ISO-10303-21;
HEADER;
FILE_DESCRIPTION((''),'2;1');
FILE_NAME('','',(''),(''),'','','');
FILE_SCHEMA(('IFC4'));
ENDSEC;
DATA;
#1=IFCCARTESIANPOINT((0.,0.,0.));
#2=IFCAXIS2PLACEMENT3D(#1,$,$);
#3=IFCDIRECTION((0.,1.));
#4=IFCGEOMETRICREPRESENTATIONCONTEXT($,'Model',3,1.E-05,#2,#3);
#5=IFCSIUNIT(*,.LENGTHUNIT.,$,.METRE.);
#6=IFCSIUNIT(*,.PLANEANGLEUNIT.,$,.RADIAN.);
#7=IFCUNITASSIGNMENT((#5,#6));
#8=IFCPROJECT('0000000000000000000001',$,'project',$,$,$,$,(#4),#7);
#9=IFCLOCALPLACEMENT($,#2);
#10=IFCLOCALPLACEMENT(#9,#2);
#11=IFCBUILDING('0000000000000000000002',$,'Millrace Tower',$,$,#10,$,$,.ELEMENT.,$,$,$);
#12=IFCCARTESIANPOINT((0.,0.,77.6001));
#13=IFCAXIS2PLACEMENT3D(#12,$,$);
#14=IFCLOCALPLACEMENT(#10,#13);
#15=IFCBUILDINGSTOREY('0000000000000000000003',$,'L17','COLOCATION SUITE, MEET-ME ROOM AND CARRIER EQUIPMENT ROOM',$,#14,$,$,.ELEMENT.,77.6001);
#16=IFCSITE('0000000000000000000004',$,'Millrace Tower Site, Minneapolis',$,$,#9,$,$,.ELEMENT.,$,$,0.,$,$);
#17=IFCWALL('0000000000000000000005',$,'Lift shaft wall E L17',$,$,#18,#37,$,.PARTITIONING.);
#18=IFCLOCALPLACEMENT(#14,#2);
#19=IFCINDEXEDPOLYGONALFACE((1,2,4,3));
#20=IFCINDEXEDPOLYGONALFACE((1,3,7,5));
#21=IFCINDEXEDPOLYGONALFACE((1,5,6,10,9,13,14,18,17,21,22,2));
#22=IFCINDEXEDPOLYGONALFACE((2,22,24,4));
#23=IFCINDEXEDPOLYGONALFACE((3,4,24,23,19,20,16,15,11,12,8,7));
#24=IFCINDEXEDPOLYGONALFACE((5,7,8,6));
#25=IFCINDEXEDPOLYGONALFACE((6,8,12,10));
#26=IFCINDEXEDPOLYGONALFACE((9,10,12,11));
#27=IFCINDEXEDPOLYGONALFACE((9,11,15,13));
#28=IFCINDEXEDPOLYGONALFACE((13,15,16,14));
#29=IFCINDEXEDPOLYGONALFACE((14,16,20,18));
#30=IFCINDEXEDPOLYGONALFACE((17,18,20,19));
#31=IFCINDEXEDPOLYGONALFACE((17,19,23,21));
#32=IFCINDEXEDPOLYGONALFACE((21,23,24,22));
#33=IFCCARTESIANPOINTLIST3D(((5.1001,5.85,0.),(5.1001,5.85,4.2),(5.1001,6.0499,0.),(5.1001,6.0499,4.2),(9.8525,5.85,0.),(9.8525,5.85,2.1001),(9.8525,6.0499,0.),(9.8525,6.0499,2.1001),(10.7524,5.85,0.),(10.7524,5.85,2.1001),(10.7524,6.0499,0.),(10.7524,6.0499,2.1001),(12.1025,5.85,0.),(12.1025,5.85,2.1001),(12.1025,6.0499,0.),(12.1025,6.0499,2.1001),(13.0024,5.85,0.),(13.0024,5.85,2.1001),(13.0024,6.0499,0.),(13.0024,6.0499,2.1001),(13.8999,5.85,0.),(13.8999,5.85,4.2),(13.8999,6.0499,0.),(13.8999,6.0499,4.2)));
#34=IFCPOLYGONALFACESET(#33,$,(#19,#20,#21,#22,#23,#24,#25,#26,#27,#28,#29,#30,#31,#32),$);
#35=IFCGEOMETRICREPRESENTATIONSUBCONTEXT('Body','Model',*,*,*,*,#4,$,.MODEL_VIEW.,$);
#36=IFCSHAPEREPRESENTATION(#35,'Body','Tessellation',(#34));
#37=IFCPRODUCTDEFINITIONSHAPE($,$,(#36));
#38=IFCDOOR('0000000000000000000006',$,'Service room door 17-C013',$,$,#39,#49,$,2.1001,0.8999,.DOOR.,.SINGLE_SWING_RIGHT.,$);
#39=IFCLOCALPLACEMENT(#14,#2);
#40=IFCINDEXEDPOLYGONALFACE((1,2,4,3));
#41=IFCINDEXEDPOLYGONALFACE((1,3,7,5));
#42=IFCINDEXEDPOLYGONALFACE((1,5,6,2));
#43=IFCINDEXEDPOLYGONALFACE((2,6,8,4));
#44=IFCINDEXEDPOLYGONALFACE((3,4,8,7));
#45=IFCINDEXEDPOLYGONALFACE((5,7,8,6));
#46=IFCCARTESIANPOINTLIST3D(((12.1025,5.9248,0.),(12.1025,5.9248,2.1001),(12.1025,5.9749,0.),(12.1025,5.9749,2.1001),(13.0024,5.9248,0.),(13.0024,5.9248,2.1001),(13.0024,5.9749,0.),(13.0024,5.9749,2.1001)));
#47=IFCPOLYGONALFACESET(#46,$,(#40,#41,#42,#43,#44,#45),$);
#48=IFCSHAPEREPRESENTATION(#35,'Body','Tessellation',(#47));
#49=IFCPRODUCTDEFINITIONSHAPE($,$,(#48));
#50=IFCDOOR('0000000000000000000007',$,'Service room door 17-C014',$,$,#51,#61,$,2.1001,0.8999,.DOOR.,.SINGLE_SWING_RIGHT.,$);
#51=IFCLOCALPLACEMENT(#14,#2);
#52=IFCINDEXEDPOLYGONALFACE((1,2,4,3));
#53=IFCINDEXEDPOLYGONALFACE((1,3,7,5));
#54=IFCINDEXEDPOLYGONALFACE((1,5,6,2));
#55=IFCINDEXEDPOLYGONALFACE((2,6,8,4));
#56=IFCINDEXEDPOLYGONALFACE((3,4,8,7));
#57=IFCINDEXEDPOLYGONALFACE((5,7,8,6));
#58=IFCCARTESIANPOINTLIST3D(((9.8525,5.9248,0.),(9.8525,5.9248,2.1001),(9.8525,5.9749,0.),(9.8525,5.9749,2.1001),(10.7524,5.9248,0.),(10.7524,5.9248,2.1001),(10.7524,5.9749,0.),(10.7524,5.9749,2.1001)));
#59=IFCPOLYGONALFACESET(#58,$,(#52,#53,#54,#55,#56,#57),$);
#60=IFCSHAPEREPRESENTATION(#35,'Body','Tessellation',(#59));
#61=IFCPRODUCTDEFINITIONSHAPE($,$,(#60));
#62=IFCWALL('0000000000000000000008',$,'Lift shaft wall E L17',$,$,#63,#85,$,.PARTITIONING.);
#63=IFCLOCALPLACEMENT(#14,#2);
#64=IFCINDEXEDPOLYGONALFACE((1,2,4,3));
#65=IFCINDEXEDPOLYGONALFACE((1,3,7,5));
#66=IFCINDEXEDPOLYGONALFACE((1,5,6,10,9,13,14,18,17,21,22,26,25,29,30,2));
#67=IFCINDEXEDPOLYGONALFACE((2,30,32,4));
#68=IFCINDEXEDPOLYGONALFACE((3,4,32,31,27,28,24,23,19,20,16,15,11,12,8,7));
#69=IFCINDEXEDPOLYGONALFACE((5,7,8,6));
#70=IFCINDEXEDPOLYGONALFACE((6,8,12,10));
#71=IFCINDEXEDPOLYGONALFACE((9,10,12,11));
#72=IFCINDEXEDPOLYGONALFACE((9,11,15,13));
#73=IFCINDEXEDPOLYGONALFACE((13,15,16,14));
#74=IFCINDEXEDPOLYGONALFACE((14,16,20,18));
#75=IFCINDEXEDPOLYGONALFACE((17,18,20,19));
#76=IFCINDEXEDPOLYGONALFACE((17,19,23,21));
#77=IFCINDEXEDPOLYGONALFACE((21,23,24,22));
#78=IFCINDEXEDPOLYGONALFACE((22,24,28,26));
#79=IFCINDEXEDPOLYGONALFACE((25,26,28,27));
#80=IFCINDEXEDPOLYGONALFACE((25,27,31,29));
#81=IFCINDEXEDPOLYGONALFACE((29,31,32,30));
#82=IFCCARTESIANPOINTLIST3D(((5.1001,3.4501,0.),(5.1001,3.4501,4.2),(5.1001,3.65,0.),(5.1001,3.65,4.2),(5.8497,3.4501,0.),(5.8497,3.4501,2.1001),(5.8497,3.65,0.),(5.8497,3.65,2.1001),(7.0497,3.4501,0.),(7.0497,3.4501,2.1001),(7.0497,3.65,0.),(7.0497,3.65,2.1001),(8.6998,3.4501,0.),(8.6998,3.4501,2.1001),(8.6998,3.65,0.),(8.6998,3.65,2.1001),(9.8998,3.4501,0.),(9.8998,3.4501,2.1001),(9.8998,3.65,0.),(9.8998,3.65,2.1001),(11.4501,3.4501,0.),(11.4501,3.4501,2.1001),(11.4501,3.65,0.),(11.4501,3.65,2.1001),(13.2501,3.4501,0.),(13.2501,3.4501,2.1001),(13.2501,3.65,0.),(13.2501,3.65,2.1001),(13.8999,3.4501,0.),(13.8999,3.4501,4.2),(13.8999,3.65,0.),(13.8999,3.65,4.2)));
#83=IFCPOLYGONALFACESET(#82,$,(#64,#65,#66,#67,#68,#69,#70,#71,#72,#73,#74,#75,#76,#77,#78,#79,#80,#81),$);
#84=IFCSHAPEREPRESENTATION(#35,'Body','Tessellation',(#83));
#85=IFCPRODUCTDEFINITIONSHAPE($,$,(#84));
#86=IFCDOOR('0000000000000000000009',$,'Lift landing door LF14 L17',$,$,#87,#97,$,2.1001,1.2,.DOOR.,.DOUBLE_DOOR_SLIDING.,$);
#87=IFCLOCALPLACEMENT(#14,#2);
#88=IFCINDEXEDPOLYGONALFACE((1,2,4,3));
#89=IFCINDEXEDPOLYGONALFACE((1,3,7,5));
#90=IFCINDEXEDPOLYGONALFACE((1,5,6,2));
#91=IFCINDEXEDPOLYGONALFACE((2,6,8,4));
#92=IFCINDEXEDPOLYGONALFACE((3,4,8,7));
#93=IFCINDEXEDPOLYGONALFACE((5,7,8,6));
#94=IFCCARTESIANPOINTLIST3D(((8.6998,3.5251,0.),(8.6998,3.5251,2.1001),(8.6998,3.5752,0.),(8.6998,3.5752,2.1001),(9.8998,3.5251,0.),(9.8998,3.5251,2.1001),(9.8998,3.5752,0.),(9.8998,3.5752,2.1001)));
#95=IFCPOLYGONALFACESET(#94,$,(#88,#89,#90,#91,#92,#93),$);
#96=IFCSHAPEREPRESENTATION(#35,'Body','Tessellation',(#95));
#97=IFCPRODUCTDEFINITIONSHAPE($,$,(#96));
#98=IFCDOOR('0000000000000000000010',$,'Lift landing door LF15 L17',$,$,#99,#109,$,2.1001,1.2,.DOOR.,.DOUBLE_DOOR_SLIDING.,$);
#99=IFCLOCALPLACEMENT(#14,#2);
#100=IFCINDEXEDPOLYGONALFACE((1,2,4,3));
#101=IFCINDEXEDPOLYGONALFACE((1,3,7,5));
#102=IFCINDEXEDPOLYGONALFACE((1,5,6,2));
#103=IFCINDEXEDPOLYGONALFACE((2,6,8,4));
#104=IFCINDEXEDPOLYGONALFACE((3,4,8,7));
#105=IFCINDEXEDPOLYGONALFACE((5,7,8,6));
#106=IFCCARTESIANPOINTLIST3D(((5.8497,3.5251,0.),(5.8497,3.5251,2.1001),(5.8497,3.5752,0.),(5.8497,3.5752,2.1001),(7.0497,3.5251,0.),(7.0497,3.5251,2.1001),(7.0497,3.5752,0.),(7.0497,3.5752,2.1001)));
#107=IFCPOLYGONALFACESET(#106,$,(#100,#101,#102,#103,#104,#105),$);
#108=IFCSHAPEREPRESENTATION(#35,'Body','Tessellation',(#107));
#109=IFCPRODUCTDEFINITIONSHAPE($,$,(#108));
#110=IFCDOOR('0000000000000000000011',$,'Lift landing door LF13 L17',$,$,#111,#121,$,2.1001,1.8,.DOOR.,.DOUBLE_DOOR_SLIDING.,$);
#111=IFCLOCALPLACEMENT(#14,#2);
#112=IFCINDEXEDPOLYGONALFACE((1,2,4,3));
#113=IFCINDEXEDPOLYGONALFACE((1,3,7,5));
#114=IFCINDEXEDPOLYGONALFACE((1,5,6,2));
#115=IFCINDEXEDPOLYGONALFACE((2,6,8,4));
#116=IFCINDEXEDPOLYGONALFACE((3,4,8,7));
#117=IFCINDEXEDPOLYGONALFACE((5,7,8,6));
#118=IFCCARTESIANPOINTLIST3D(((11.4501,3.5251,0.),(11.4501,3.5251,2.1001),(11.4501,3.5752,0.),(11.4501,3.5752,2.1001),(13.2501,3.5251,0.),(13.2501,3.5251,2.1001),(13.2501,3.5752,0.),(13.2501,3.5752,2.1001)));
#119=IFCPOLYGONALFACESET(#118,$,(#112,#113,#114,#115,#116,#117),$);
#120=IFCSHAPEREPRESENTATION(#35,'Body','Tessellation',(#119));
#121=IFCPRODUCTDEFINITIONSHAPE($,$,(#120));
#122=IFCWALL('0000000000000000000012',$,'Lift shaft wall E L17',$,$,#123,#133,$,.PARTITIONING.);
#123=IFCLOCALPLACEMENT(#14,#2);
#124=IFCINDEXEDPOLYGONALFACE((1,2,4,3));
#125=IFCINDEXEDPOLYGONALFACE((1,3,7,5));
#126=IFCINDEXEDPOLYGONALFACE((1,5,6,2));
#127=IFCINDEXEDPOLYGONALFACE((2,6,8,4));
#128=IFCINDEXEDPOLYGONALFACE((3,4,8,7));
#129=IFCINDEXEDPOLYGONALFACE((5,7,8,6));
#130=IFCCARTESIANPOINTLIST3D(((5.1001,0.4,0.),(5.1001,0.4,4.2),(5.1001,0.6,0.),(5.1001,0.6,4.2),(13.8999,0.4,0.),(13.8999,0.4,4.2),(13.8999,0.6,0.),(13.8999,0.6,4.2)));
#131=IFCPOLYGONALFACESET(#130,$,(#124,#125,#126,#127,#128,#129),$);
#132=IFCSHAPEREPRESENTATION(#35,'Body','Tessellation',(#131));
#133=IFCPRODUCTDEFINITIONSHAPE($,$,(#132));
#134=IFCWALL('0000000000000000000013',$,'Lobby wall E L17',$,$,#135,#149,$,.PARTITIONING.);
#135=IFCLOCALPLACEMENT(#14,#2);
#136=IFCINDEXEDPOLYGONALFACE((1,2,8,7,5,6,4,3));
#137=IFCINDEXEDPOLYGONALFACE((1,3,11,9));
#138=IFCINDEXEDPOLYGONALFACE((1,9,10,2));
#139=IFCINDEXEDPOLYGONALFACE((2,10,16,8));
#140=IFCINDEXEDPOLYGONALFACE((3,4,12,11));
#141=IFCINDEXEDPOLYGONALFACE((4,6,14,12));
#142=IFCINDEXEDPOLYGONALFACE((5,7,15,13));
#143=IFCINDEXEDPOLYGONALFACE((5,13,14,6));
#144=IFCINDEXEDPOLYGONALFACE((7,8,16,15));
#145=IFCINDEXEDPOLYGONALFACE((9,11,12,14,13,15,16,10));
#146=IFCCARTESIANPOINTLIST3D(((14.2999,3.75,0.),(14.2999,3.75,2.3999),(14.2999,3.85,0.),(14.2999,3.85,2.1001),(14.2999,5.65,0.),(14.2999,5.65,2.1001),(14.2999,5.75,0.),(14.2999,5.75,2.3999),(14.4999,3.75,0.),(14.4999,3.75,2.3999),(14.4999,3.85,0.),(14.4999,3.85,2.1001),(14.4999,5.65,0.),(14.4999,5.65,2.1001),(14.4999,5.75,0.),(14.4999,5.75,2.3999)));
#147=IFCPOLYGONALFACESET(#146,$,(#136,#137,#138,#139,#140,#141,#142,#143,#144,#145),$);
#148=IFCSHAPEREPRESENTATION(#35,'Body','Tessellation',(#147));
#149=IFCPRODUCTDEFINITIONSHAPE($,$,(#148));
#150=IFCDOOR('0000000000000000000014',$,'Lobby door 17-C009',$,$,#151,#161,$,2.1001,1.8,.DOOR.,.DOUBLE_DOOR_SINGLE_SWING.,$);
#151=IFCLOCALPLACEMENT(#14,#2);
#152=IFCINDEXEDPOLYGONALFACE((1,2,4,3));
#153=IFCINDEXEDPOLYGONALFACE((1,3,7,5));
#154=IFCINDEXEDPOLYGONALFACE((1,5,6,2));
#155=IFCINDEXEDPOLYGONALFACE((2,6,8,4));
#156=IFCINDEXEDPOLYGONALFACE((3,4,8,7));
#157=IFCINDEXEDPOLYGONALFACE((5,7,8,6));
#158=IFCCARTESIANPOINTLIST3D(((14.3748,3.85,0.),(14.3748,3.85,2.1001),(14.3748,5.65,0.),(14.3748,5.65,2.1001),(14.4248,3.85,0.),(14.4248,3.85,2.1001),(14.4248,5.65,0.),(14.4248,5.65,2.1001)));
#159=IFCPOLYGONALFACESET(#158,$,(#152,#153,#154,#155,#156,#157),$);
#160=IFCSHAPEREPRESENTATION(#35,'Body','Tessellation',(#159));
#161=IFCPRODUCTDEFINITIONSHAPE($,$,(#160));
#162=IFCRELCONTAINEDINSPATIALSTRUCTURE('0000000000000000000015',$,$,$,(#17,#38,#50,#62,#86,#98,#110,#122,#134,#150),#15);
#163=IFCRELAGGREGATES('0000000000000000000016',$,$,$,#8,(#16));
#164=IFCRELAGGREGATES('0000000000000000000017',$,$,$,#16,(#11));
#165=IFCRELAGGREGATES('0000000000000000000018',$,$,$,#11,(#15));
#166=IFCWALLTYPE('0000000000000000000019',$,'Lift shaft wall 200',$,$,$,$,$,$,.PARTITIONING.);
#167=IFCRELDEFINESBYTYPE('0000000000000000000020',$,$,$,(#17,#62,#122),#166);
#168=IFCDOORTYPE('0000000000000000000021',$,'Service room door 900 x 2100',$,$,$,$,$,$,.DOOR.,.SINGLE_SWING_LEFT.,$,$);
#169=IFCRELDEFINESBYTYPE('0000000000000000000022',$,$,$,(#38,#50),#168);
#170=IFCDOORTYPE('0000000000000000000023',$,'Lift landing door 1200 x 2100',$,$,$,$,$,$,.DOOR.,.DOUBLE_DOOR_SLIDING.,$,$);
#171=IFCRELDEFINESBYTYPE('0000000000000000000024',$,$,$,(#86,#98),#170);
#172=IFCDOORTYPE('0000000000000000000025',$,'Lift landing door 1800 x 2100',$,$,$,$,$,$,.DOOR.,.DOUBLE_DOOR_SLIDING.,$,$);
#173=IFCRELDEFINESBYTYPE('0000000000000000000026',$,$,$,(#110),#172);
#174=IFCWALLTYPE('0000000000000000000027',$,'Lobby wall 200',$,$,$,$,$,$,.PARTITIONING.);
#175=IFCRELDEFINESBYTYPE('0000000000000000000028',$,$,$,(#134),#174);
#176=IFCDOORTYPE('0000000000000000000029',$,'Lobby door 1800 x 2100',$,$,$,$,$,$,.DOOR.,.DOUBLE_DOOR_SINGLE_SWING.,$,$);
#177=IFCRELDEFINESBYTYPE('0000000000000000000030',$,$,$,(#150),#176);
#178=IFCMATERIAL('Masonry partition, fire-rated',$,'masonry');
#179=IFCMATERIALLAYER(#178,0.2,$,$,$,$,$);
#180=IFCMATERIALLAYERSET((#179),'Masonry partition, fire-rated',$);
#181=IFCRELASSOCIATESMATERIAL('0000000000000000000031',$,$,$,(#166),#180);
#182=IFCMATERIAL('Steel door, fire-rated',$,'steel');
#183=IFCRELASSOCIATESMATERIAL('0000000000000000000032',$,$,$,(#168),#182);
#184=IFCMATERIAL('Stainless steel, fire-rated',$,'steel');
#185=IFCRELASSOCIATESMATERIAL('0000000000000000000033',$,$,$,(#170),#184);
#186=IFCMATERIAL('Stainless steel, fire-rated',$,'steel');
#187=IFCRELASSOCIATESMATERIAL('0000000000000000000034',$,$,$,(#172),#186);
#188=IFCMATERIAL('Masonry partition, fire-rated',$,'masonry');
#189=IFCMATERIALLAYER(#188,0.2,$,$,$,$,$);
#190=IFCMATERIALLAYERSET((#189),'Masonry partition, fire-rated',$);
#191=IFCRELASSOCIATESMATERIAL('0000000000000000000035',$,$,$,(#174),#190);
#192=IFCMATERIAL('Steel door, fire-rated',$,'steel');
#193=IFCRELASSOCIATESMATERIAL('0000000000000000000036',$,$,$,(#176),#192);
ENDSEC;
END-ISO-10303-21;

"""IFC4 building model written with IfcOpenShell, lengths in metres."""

from ifc_helpers import new_model, si_unit, direction, frame, frame_2d, origin, place, context, subcontext, project, spatial, rectangle, extrude, material, layer, layer_set, type_object, element, fill, save


model = new_model("IFC4")

# Units and contexts
model_context = context("Model", 3, precision=1e-05, world=origin(), true_north=direction((0.0, 1.0)))
body_context = subcontext(model_context, "Body", "Model", "MODEL_VIEW")
ifc_project = project(units=[si_unit("LENGTHUNIT", "METRE"), si_unit("PLANEANGLEUNIT", "RADIAN")], contexts=[model_context])

# Site, building, storey
site_placement = place(None, origin())
site = spatial("IfcSite", under=ifc_project, at=site_placement, Name="Millrace Tower Site, Minneapolis", CompositionType="ELEMENT", RefElevation=0.0)
building_placement = place(site_placement, origin())
building = spatial("IfcBuilding", under=site, at=building_placement, Name="Millrace Tower", CompositionType="ELEMENT")
storey_placement = place(building_placement, frame((0.0, 0.0, 77.6001)))
storey = spatial("IfcBuildingStorey", under=building, at=storey_placement, Name="L17", Description="COLOCATION SUITE, MEET-ME ROOM AND CARRIER EQUIPMENT ROOM", CompositionType="ELEMENT", Elevation=77.6001)

# Walls, openings, doors
ifc_material_1 = material(Name="Masonry partition, fire-rated", Category="masonry")
ifc_layer_1 = layer(ifc_material_1, 0.2)
ifc_layer_set_1 = layer_set([ifc_layer_1], Name="Masonry partition, fire-rated")
wall_type_1 = type_object("IfcWallType", Name="Lift shaft wall 200", PredefinedType="PARTITIONING", material=ifc_layer_set_1)
wall_1_placement = place(storey_placement, frame((13.8999, 5.95, 0.0), z_axis=(0.0, 0.0, 1.0), x_axis=(-1.0, 0.0, 0.0)))
wall_1 = element("IfcWall", 1, at=wall_1_placement, inside=storey, type_object=wall_type_1, Name="Lift shaft wall E L17", PredefinedType="PARTITIONING", context=body_context, shape_type="SweptSolid", body=[
    extrude(rectangle(XDim=8.7998, YDim=0.2, at=frame_2d((4.3999, 0.0))), origin(), (0.0, 0.0, 1.0), 4.2),
])
opening_1_placement = place(wall_1_placement, frame((0.8975, 0.0, 0.0)))
opening_1 = element("IfcOpeningElement", 2, at=opening_1_placement, cuts=wall_1, PredefinedType="OPENING", context=body_context, shape_type="SweptSolid", body=[
    extrude(rectangle(XDim=0.8999, YDim=2.1001, at=frame_2d((0.45, 1.05))), frame((0.0, 0.1099, 0.0), z_axis=(0.0, -1.0, 0.0), x_axis=(1.0, 0.0, 0.0)), (0.0, 0.0, 1.0), 0.22),
])
opening_2_placement = place(wall_1_placement, frame((3.1475, 0.0, 0.0)))
opening_2 = element("IfcOpeningElement", 3, at=opening_2_placement, cuts=wall_1, PredefinedType="OPENING", context=body_context, shape_type="SweptSolid", body=[
    extrude(rectangle(XDim=0.8999, YDim=2.1001, at=frame_2d((0.45, 1.05))), frame((0.0, 0.1099, 0.0), z_axis=(0.0, -1.0, 0.0), x_axis=(1.0, 0.0, 0.0)), (0.0, 0.0, 1.0), 0.22),
])
ifc_material_2 = material(Name="Steel door, fire-rated", Category="steel")
door_type_1 = type_object("IfcDoorType", Name="Service room door 900 x 2100", OperationType="SINGLE_SWING_LEFT", PredefinedType="DOOR", material=ifc_material_2)
door_1_placement = place(opening_1_placement, frame((0.8999, 0.0, 0.0), z_axis=(0.0, 0.0, 1.0), x_axis=(-1.0, 0.0, 0.0)))
door_1 = element("IfcDoor", 4, at=door_1_placement, inside=storey, type_object=door_type_1, Name="Service room door 17-C013", OperationType="SINGLE_SWING_RIGHT", OverallHeight=2.1001, OverallWidth=0.8999, PredefinedType="DOOR", context=body_context, shape_type="SweptSolid", body=[
    extrude(rectangle(XDim=0.8999, YDim=2.1001, at=frame_2d((0.45, 1.05))), frame((0.0, 0.0249, 0.0), z_axis=(0.0, -1.0, 0.0), x_axis=(1.0, 0.0, 0.0)), (0.0, 0.0, 1.0), 0.05),
])
fill(opening_1, door_1)
door_2_placement = place(opening_2_placement, frame((0.8999, 0.0, 0.0), z_axis=(0.0, 0.0, 1.0), x_axis=(-1.0, 0.0, 0.0)))
door_2 = element("IfcDoor", 5, at=door_2_placement, inside=storey, type_object=door_type_1, Name="Service room door 17-C014", OperationType="SINGLE_SWING_RIGHT", OverallHeight=2.1001, OverallWidth=0.8999, PredefinedType="DOOR", context=body_context, shape_type="SweptSolid", body=[
    extrude(rectangle(XDim=0.8999, YDim=2.1001, at=frame_2d((0.45, 1.05))), frame((0.0, 0.0249, 0.0), z_axis=(0.0, -1.0, 0.0), x_axis=(1.0, 0.0, 0.0)), (0.0, 0.0, 1.0), 0.05),
])
fill(opening_2, door_2)
wall_2_placement = place(storey_placement, frame((13.8999, 3.55, 0.0), z_axis=(0.0, 0.0, 1.0), x_axis=(-1.0, 0.0, 0.0)))
wall_2 = element("IfcWall", 6, at=wall_2_placement, inside=storey, type_object=wall_type_1, Name="Lift shaft wall E L17", PredefinedType="PARTITIONING", context=body_context, shape_type="SweptSolid", body=[
    extrude(rectangle(XDim=8.7998, YDim=0.2, at=frame_2d((4.3999, 0.0))), origin(), (0.0, 0.0, 1.0), 4.2),
])
opening_3_placement = place(wall_2_placement, frame((0.6499, 0.0, 0.0)))
opening_3 = element("IfcOpeningElement", 7, at=opening_3_placement, cuts=wall_2, PredefinedType="OPENING", context=body_context, shape_type="SweptSolid", body=[
    extrude(rectangle(XDim=1.8, YDim=2.1001, at=frame_2d((0.8999, 1.05))), frame((0.0, 0.1099, 0.0), z_axis=(0.0, -1.0, 0.0), x_axis=(1.0, 0.0, 0.0)), (0.0, 0.0, 1.0), 0.22),
])
opening_4_placement = place(wall_2_placement, frame((4.0, 0.0, 0.0)))
opening_4 = element("IfcOpeningElement", 8, at=opening_4_placement, cuts=wall_2, PredefinedType="OPENING", context=body_context, shape_type="SweptSolid", body=[
    extrude(rectangle(XDim=1.2, YDim=2.1001, at=frame_2d((0.6001, 1.05))), frame((0.0, 0.1099, 0.0), z_axis=(0.0, -1.0, 0.0), x_axis=(1.0, 0.0, 0.0)), (0.0, 0.0, 1.0), 0.22),
])
opening_5_placement = place(wall_2_placement, frame((6.8501, 0.0, 0.0)))
opening_5 = element("IfcOpeningElement", 9, at=opening_5_placement, cuts=wall_2, PredefinedType="OPENING", context=body_context, shape_type="SweptSolid", body=[
    extrude(rectangle(XDim=1.2, YDim=2.1001, at=frame_2d((0.6001, 1.05))), frame((0.0, 0.1099, 0.0), z_axis=(0.0, -1.0, 0.0), x_axis=(1.0, 0.0, 0.0)), (0.0, 0.0, 1.0), 0.22),
])
ifc_material_3 = material(Name="Stainless steel, fire-rated", Category="steel")
door_type_2 = type_object("IfcDoorType", Name="Lift landing door 1200 x 2100", OperationType="DOUBLE_DOOR_SLIDING", PredefinedType="DOOR", material=ifc_material_3)
door_3_placement = place(opening_4_placement, origin())
door_3 = element("IfcDoor", 10, at=door_3_placement, inside=storey, type_object=door_type_2, Name="Lift landing door LF14 L17", OperationType="DOUBLE_DOOR_SLIDING", OverallHeight=2.1001, OverallWidth=1.2, PredefinedType="DOOR", context=body_context, shape_type="SweptSolid", body=[
    extrude(rectangle(XDim=1.2, YDim=2.1001, at=frame_2d((0.6001, 1.05))), frame((0.0, 0.0249, 0.0), z_axis=(0.0, -1.0, 0.0), x_axis=(1.0, 0.0, 0.0)), (0.0, 0.0, 1.0), 0.05),
])
fill(opening_4, door_3)
door_4_placement = place(opening_5_placement, origin())
door_4 = element("IfcDoor", 11, at=door_4_placement, inside=storey, type_object=door_type_2, Name="Lift landing door LF15 L17", OperationType="DOUBLE_DOOR_SLIDING", OverallHeight=2.1001, OverallWidth=1.2, PredefinedType="DOOR", context=body_context, shape_type="SweptSolid", body=[
    extrude(rectangle(XDim=1.2, YDim=2.1001, at=frame_2d((0.6001, 1.05))), frame((0.0, 0.0249, 0.0), z_axis=(0.0, -1.0, 0.0), x_axis=(1.0, 0.0, 0.0)), (0.0, 0.0, 1.0), 0.05),
])
fill(opening_5, door_4)
ifc_material_4 = material(Name="Stainless steel, fire-rated", Category="steel")
door_type_3 = type_object("IfcDoorType", Name="Lift landing door 1800 x 2100", OperationType="DOUBLE_DOOR_SLIDING", PredefinedType="DOOR", material=ifc_material_4)
door_5_placement = place(opening_3_placement, origin())
door_5 = element("IfcDoor", 12, at=door_5_placement, inside=storey, type_object=door_type_3, Name="Lift landing door LF13 L17", OperationType="DOUBLE_DOOR_SLIDING", OverallHeight=2.1001, OverallWidth=1.8, PredefinedType="DOOR", context=body_context, shape_type="SweptSolid", body=[
    extrude(rectangle(XDim=1.8, YDim=2.1001, at=frame_2d((0.8999, 1.05))), frame((0.0, 0.0249, 0.0), z_axis=(0.0, -1.0, 0.0), x_axis=(1.0, 0.0, 0.0)), (0.0, 0.0, 1.0), 0.05),
])
fill(opening_3, door_5)

# Wall
wall_3_placement = place(storey_placement, frame((13.8999, 0.5, 0.0), z_axis=(0.0, 0.0, 1.0), x_axis=(-1.0, 0.0, 0.0)))
element("IfcWall", 13, at=wall_3_placement, inside=storey, type_object=wall_type_1, Name="Lift shaft wall E L17", PredefinedType="PARTITIONING", context=body_context, shape_type="SweptSolid", body=[
    extrude(rectangle(XDim=8.7998, YDim=0.2, at=frame_2d((4.3999, 0.0))), origin(), (0.0, 0.0, 1.0), 4.2),
])

# Wall, opening, door
ifc_material_5 = material(Name="Masonry partition, fire-rated", Category="masonry")
ifc_layer_2 = layer(ifc_material_5, 0.2)
ifc_layer_set_2 = layer_set([ifc_layer_2], Name="Masonry partition, fire-rated")
wall_type_2 = type_object("IfcWallType", Name="Lobby wall 200", PredefinedType="PARTITIONING", material=ifc_layer_set_2)
wall_4_placement = place(storey_placement, frame((14.3999, 5.75, 0.0), z_axis=(0.0, 0.0, 1.0), x_axis=(0.0, -1.0, 0.0)))
wall_4 = element("IfcWall", 14, at=wall_4_placement, inside=storey, type_object=wall_type_2, Name="Lobby wall E L17", PredefinedType="PARTITIONING", context=body_context, shape_type="SweptSolid", body=[
    extrude(rectangle(XDim=2.0, YDim=0.2, at=frame_2d((1.0, 0.0))), origin(), (0.0, 0.0, 1.0), 2.3999),
])
opening_6_placement = place(wall_4_placement, frame((0.1001, 0.0, 0.0)))
opening_6 = element("IfcOpeningElement", 15, at=opening_6_placement, cuts=wall_4, PredefinedType="OPENING", context=body_context, shape_type="SweptSolid", body=[
    extrude(rectangle(XDim=1.8, YDim=2.1001, at=frame_2d((0.8999, 1.05))), frame((0.0, 0.1099, 0.0), z_axis=(0.0, -1.0, 0.0), x_axis=(1.0, 0.0, 0.0)), (0.0, 0.0, 1.0), 0.22),
])
ifc_material_6 = material(Name="Steel door, fire-rated", Category="steel")
door_type_4 = type_object("IfcDoorType", Name="Lobby door 1800 x 2100", OperationType="DOUBLE_DOOR_SINGLE_SWING", PredefinedType="DOOR", material=ifc_material_6)
door_6_placement = place(opening_6_placement, origin())
door_6 = element("IfcDoor", 16, at=door_6_placement, inside=storey, type_object=door_type_4, Name="Lobby door 17-C009", OperationType="DOUBLE_DOOR_SINGLE_SWING", OverallHeight=2.1001, OverallWidth=1.8, PredefinedType="DOOR", context=body_context, shape_type="SweptSolid", body=[
    extrude(rectangle(XDim=1.8, YDim=2.1001, at=frame_2d((0.8999, 1.05))), frame((0.0, 0.0249, 0.0), z_axis=(0.0, -1.0, 0.0), x_axis=(1.0, 0.0, 0.0)), (0.0, 0.0, 1.0), 0.05),
])
fill(opening_6, door_6)

save(model, "model.ifc")
